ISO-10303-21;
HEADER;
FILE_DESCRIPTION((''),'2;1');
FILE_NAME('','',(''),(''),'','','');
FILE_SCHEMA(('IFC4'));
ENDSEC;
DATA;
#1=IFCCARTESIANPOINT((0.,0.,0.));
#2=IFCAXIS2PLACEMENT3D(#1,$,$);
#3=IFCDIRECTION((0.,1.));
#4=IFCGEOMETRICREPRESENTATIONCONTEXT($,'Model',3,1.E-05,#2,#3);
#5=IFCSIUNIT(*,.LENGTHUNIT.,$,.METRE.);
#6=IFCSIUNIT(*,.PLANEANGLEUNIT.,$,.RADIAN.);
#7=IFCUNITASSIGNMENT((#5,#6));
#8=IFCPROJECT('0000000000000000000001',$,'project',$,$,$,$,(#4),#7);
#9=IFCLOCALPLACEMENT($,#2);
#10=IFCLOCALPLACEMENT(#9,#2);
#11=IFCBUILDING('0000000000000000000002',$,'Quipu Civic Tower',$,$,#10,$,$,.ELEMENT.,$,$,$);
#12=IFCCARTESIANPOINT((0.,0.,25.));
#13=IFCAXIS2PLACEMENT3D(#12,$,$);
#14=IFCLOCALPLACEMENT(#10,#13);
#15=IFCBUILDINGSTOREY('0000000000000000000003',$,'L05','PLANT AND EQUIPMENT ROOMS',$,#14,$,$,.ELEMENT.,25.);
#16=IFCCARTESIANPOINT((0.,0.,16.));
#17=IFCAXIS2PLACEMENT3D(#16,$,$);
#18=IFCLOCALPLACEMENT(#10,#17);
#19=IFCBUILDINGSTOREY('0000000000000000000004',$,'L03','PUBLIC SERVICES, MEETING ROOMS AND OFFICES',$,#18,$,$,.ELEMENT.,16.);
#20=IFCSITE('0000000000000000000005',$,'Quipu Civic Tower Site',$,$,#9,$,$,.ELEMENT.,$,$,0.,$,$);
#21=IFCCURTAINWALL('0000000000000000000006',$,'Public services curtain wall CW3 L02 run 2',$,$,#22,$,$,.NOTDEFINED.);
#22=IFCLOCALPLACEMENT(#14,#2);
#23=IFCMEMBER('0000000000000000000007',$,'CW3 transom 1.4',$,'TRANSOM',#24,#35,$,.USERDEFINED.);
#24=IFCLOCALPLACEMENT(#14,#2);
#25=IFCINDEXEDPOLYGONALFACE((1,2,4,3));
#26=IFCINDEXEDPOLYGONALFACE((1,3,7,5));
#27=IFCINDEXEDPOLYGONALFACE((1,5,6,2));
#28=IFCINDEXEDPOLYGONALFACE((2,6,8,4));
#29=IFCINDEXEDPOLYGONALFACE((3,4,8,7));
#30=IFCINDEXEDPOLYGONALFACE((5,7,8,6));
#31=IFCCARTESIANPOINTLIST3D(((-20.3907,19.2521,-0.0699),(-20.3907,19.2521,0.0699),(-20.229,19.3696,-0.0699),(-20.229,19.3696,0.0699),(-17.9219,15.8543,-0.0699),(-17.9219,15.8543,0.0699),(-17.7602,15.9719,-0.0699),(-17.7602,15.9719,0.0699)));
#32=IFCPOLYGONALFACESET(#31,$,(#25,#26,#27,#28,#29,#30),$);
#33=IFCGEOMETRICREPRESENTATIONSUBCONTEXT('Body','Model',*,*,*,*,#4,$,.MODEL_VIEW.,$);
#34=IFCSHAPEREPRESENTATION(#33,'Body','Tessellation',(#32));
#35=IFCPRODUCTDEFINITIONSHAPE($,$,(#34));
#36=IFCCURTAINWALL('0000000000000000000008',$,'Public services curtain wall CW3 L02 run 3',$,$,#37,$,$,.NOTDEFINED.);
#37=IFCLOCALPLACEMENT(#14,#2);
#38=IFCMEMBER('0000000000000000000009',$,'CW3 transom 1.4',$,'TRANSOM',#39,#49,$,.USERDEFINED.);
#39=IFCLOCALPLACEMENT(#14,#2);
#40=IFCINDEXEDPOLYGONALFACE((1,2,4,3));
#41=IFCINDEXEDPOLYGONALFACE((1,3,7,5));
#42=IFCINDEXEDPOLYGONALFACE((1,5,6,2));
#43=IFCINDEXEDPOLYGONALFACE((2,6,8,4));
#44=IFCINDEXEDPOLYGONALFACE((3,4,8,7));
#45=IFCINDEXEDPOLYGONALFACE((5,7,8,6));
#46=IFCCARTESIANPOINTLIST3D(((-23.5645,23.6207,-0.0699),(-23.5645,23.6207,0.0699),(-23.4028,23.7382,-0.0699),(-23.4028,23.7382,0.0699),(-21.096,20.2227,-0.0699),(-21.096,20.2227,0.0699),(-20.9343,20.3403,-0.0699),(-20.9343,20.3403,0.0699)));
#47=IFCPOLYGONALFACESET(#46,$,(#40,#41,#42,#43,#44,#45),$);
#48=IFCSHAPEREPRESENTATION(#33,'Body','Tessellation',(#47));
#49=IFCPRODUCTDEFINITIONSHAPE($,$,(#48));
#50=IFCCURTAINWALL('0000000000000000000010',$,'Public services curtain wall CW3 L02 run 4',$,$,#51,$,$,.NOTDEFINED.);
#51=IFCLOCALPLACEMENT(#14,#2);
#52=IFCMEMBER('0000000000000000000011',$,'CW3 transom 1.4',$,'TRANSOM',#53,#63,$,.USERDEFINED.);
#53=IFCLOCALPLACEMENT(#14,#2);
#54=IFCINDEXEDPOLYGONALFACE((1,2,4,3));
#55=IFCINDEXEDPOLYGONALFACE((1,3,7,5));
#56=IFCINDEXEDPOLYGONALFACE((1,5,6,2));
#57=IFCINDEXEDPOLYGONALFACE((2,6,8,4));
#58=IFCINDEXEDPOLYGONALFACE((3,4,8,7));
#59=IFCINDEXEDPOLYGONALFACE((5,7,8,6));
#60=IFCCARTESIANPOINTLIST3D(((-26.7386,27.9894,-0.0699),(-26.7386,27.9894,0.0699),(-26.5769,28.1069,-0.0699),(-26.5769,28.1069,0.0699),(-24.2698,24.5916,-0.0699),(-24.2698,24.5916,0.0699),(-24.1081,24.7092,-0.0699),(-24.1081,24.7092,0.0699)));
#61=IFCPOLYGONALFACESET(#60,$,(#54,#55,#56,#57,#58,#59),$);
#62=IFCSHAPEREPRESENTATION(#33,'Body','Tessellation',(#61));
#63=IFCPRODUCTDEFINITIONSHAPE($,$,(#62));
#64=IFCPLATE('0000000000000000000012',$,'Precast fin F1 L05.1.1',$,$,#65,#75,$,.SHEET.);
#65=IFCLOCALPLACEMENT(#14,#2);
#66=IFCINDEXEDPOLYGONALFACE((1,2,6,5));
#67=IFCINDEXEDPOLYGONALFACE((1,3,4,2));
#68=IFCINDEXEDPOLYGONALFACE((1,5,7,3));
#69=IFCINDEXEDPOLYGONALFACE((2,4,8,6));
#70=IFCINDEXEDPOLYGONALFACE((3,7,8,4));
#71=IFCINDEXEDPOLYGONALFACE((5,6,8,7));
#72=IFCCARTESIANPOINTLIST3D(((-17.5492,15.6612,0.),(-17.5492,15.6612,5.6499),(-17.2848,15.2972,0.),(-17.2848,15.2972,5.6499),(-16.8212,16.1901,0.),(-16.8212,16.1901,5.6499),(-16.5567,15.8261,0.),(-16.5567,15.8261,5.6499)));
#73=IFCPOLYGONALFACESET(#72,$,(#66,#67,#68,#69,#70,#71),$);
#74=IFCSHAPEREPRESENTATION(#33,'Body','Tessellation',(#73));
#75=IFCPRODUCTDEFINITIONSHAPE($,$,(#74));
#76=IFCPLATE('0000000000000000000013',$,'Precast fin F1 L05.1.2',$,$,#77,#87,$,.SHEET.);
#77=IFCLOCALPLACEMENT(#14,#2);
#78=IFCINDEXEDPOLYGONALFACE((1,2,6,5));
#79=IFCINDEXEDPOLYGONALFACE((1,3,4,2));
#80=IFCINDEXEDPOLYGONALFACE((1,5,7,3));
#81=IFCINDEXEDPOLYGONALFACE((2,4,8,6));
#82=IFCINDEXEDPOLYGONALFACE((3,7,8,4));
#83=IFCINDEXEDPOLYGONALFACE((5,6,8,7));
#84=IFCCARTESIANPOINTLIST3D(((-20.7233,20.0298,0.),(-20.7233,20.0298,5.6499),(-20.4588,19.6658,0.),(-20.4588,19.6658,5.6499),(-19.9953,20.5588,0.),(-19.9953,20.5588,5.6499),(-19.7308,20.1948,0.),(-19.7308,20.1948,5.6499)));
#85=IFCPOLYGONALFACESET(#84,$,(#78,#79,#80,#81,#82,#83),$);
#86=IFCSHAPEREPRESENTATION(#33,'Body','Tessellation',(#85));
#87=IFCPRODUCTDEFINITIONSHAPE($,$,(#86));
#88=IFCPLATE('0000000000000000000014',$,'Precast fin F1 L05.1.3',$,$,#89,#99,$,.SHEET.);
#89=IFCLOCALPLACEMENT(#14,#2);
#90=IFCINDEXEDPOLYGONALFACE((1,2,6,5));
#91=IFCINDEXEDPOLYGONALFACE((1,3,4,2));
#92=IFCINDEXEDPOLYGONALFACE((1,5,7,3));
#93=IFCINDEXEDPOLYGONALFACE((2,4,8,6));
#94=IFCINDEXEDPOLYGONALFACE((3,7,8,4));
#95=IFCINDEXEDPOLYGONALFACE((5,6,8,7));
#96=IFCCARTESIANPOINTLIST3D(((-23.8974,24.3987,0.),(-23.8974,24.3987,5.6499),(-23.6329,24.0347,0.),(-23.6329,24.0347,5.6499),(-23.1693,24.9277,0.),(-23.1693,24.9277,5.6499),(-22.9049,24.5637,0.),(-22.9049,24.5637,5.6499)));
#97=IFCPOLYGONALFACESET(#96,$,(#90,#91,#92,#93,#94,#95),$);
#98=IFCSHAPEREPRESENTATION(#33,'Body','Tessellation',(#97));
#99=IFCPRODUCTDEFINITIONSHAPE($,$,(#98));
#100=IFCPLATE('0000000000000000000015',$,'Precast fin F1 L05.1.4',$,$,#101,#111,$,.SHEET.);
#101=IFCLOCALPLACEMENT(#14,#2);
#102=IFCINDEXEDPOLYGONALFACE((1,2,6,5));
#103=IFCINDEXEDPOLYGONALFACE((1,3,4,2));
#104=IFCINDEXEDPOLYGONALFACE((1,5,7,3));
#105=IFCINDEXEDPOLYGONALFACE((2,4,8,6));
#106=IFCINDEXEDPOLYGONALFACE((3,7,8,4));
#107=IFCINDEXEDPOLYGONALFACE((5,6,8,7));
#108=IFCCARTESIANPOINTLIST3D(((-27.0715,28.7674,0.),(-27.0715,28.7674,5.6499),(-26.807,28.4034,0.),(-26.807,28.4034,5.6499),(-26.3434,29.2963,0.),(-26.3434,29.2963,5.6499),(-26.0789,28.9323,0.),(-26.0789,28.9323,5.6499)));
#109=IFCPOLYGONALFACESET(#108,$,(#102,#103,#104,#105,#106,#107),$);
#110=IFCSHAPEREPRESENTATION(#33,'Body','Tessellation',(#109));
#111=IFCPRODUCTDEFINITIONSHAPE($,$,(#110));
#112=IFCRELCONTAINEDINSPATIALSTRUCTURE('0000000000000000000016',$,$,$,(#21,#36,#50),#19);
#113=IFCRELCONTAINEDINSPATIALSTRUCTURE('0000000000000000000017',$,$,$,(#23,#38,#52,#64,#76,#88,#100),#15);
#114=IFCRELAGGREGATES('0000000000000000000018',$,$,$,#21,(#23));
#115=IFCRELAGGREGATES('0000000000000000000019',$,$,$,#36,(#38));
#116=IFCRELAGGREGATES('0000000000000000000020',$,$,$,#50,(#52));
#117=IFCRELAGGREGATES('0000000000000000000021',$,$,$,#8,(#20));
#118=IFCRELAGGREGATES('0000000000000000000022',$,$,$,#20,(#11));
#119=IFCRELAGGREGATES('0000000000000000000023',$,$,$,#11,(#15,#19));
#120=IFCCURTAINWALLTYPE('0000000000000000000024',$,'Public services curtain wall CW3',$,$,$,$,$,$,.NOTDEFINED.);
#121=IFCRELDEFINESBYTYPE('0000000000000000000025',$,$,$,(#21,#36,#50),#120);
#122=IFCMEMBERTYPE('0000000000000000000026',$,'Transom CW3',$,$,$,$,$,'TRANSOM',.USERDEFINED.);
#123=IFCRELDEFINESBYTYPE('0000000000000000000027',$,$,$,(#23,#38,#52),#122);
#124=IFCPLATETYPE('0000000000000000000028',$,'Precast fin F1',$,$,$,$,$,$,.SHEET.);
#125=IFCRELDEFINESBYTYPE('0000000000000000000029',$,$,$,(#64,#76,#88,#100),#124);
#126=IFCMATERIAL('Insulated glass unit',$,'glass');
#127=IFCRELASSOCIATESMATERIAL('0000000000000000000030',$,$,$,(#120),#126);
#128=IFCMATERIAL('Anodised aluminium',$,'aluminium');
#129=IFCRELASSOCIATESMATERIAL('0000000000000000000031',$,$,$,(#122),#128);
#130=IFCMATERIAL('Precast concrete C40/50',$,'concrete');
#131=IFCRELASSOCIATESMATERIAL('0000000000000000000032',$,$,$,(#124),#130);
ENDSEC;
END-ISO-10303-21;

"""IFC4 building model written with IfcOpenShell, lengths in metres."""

from ifc_helpers import new_model, si_unit, direction, frame, origin, origin_2d, place, context, subcontext, project, spatial, rectangle, extrude, material, material_profile, profile_set, type_object, element, aggregate, save


model = new_model("IFC4")

# Units and contexts
model_context = context("Model", 3, precision=1e-05, world=origin(), true_north=direction((0.0, 1.0)))
body_context = subcontext(model_context, "Body", "Model", "MODEL_VIEW")
ifc_project = project(units=[si_unit("LENGTHUNIT", "METRE"), si_unit("PLANEANGLEUNIT", "RADIAN")], contexts=[model_context])

# Site, building, storey
site_placement = place(None, origin())
site = spatial("IfcSite", under=ifc_project, at=site_placement, Name="Quipu Civic Tower Site", CompositionType="ELEMENT", RefElevation=0.0)
building_placement = place(site_placement, origin())
building = spatial("IfcBuilding", under=site, at=building_placement, Name="Quipu Civic Tower", CompositionType="ELEMENT")
storey_1_placement = place(building_placement, frame((0.0, 0.0, 25.0)))
storey_1 = spatial("IfcBuildingStorey", under=building, at=storey_1_placement, Name="L05", Description="PLANT AND EQUIPMENT ROOMS", CompositionType="ELEMENT", Elevation=25.0)

# Shared definitions
storey_2_placement = place(building_placement, frame((0.0, 0.0, 16.0)))
storey_2 = spatial("IfcBuildingStorey", under=building, at=storey_2_placement, Name="L03", Description="PUBLIC SERVICES, MEETING ROOMS AND OFFICES", CompositionType="ELEMENT", Elevation=16.0)

# Curtain walls, members
ifc_material_1 = material(Name="Insulated glass unit", Category="glass")
curtain_wall_type = type_object("IfcCurtainWallType", Name="Public services curtain wall CW3", PredefinedType="NOTDEFINED", material=ifc_material_1)
curtain_wall_1_placement = place(storey_2_placement, origin())
curtain_wall_1 = element("IfcCurtainWall", 1, at=curtain_wall_1_placement, inside=storey_2, type_object=curtain_wall_type, Name="Public services curtain wall CW3 L02 run 2", PredefinedType="NOTDEFINED")
ifc_material_2 = material(Name="Anodised aluminium", Category="aluminium")
ifc_material_profile_1 = material_profile(ifc_material_2, rectangle(XDim=0.2, YDim=0.1399, at=origin_2d()), Name="RECT 200x140")
ifc_profile_set_1 = profile_set([ifc_material_profile_1], Name="Anodised aluminium")
member_type_1 = type_object("IfcMemberType", Name="Transom CW3", ElementType="TRANSOM", PredefinedType="USERDEFINED", material=ifc_profile_set_1)
member_1_placement = place(storey_1_placement, frame((-17.8411, 15.9131, 0.0), z_axis=(-0.587812, 0.808997, 0.0), x_axis=(-0.808997, -0.587812, 0.0)))
member_1 = element("IfcMember", 2, at=member_1_placement, inside=storey_1, type_object=member_type_1, Name="CW3 transom 1.4", ObjectType="TRANSOM", PredefinedType="USERDEFINED", context=body_context, shape_type="SweptSolid", body=[
    extrude(rectangle(XDim=0.2, YDim=0.1399, at=origin_2d()), origin(), (0.0, 0.0, 1.0), 4.2),
])
aggregate(curtain_wall_1, [member_1])
curtain_wall_2_placement = place(storey_2_placement, origin())
curtain_wall_2 = element("IfcCurtainWall", 3, at=curtain_wall_2_placement, inside=storey_2, type_object=curtain_wall_type, Name="Public services curtain wall CW3 L02 run 3", PredefinedType="NOTDEFINED")
member_2_placement = place(storey_1_placement, frame((-21.0151, 20.2815, 0.0), z_axis=(-0.587746, 0.809045, 0.0), x_axis=(-0.809045, -0.587746, 0.0)))
member_2 = element("IfcMember", 4, at=member_2_placement, inside=storey_1, type_object=member_type_1, Name="CW3 transom 1.4", ObjectType="TRANSOM", PredefinedType="USERDEFINED", context=body_context, shape_type="SweptSolid", body=[
    extrude(rectangle(XDim=0.2, YDim=0.1399, at=origin_2d()), origin(), (0.0, 0.0, 1.0), 4.2),
])
aggregate(curtain_wall_2, [member_2])
curtain_wall_3_placement = place(storey_2_placement, origin())
curtain_wall_3 = element("IfcCurtainWall", 5, at=curtain_wall_3_placement, inside=storey_2, type_object=curtain_wall_type, Name="Public services curtain wall CW3 L02 run 4", PredefinedType="NOTDEFINED")
member_3_placement = place(storey_1_placement, frame((-24.189, 24.6504, 0.0), z_axis=(-0.587812, 0.808997, 0.0), x_axis=(-0.808997, -0.587812, 0.0)))
member_3 = element("IfcMember", 6, at=member_3_placement, inside=storey_1, type_object=member_type_1, Name="CW3 transom 1.4", ObjectType="TRANSOM", PredefinedType="USERDEFINED", context=body_context, shape_type="SweptSolid", body=[
    extrude(rectangle(XDim=0.2, YDim=0.1399, at=origin_2d()), origin(), (0.0, 0.0, 1.0), 4.2),
])
aggregate(curtain_wall_3, [member_3])

# Plates
ifc_material_3 = material(Name="Precast concrete C40/50", Category="concrete")
plate_type = type_object("IfcPlateType", Name="Precast fin F1", PredefinedType="SHEET", material=ifc_material_3)
for number, where, z_axis, x_axis, name in (
    (7, (-17.053, 15.7437, 0.0), (0.0, 0.0, 1.0), (-0.587785, 0.809017, 0.0), "Precast fin F1 L05.1.1"),
    (8, (-20.2271, 20.1123, 0.0), (0.0, 0.0, 1.0), (-0.587785, 0.809017, 0.0), "Precast fin F1 L05.1.2"),
    (9, (-23.4011, 24.4812, 0.0), (0.0, 0.0, 1.0), (-0.587785, 0.809017, 0.0), "Precast fin F1 L05.1.3"),
    (10, (-26.5752, 28.8499, 0.0), (0.0, 0.0, 1.0), (-0.587785, 0.809017, 0.0), "Precast fin F1 L05.1.4"),
):
    element("IfcPlate", number, at=place(storey_1_placement, frame(where, z_axis=z_axis, x_axis=x_axis)), inside=storey_1, type_object=plate_type, Name=name, PredefinedType="SHEET", context=body_context, shape_type="SweptSolid", body=[
        extrude(rectangle(XDim=0.45, YDim=0.8999, at=origin_2d()), origin(), (0.0, 0.0, 1.0), 5.6499),
    ])

save(model, "model.ifc")
